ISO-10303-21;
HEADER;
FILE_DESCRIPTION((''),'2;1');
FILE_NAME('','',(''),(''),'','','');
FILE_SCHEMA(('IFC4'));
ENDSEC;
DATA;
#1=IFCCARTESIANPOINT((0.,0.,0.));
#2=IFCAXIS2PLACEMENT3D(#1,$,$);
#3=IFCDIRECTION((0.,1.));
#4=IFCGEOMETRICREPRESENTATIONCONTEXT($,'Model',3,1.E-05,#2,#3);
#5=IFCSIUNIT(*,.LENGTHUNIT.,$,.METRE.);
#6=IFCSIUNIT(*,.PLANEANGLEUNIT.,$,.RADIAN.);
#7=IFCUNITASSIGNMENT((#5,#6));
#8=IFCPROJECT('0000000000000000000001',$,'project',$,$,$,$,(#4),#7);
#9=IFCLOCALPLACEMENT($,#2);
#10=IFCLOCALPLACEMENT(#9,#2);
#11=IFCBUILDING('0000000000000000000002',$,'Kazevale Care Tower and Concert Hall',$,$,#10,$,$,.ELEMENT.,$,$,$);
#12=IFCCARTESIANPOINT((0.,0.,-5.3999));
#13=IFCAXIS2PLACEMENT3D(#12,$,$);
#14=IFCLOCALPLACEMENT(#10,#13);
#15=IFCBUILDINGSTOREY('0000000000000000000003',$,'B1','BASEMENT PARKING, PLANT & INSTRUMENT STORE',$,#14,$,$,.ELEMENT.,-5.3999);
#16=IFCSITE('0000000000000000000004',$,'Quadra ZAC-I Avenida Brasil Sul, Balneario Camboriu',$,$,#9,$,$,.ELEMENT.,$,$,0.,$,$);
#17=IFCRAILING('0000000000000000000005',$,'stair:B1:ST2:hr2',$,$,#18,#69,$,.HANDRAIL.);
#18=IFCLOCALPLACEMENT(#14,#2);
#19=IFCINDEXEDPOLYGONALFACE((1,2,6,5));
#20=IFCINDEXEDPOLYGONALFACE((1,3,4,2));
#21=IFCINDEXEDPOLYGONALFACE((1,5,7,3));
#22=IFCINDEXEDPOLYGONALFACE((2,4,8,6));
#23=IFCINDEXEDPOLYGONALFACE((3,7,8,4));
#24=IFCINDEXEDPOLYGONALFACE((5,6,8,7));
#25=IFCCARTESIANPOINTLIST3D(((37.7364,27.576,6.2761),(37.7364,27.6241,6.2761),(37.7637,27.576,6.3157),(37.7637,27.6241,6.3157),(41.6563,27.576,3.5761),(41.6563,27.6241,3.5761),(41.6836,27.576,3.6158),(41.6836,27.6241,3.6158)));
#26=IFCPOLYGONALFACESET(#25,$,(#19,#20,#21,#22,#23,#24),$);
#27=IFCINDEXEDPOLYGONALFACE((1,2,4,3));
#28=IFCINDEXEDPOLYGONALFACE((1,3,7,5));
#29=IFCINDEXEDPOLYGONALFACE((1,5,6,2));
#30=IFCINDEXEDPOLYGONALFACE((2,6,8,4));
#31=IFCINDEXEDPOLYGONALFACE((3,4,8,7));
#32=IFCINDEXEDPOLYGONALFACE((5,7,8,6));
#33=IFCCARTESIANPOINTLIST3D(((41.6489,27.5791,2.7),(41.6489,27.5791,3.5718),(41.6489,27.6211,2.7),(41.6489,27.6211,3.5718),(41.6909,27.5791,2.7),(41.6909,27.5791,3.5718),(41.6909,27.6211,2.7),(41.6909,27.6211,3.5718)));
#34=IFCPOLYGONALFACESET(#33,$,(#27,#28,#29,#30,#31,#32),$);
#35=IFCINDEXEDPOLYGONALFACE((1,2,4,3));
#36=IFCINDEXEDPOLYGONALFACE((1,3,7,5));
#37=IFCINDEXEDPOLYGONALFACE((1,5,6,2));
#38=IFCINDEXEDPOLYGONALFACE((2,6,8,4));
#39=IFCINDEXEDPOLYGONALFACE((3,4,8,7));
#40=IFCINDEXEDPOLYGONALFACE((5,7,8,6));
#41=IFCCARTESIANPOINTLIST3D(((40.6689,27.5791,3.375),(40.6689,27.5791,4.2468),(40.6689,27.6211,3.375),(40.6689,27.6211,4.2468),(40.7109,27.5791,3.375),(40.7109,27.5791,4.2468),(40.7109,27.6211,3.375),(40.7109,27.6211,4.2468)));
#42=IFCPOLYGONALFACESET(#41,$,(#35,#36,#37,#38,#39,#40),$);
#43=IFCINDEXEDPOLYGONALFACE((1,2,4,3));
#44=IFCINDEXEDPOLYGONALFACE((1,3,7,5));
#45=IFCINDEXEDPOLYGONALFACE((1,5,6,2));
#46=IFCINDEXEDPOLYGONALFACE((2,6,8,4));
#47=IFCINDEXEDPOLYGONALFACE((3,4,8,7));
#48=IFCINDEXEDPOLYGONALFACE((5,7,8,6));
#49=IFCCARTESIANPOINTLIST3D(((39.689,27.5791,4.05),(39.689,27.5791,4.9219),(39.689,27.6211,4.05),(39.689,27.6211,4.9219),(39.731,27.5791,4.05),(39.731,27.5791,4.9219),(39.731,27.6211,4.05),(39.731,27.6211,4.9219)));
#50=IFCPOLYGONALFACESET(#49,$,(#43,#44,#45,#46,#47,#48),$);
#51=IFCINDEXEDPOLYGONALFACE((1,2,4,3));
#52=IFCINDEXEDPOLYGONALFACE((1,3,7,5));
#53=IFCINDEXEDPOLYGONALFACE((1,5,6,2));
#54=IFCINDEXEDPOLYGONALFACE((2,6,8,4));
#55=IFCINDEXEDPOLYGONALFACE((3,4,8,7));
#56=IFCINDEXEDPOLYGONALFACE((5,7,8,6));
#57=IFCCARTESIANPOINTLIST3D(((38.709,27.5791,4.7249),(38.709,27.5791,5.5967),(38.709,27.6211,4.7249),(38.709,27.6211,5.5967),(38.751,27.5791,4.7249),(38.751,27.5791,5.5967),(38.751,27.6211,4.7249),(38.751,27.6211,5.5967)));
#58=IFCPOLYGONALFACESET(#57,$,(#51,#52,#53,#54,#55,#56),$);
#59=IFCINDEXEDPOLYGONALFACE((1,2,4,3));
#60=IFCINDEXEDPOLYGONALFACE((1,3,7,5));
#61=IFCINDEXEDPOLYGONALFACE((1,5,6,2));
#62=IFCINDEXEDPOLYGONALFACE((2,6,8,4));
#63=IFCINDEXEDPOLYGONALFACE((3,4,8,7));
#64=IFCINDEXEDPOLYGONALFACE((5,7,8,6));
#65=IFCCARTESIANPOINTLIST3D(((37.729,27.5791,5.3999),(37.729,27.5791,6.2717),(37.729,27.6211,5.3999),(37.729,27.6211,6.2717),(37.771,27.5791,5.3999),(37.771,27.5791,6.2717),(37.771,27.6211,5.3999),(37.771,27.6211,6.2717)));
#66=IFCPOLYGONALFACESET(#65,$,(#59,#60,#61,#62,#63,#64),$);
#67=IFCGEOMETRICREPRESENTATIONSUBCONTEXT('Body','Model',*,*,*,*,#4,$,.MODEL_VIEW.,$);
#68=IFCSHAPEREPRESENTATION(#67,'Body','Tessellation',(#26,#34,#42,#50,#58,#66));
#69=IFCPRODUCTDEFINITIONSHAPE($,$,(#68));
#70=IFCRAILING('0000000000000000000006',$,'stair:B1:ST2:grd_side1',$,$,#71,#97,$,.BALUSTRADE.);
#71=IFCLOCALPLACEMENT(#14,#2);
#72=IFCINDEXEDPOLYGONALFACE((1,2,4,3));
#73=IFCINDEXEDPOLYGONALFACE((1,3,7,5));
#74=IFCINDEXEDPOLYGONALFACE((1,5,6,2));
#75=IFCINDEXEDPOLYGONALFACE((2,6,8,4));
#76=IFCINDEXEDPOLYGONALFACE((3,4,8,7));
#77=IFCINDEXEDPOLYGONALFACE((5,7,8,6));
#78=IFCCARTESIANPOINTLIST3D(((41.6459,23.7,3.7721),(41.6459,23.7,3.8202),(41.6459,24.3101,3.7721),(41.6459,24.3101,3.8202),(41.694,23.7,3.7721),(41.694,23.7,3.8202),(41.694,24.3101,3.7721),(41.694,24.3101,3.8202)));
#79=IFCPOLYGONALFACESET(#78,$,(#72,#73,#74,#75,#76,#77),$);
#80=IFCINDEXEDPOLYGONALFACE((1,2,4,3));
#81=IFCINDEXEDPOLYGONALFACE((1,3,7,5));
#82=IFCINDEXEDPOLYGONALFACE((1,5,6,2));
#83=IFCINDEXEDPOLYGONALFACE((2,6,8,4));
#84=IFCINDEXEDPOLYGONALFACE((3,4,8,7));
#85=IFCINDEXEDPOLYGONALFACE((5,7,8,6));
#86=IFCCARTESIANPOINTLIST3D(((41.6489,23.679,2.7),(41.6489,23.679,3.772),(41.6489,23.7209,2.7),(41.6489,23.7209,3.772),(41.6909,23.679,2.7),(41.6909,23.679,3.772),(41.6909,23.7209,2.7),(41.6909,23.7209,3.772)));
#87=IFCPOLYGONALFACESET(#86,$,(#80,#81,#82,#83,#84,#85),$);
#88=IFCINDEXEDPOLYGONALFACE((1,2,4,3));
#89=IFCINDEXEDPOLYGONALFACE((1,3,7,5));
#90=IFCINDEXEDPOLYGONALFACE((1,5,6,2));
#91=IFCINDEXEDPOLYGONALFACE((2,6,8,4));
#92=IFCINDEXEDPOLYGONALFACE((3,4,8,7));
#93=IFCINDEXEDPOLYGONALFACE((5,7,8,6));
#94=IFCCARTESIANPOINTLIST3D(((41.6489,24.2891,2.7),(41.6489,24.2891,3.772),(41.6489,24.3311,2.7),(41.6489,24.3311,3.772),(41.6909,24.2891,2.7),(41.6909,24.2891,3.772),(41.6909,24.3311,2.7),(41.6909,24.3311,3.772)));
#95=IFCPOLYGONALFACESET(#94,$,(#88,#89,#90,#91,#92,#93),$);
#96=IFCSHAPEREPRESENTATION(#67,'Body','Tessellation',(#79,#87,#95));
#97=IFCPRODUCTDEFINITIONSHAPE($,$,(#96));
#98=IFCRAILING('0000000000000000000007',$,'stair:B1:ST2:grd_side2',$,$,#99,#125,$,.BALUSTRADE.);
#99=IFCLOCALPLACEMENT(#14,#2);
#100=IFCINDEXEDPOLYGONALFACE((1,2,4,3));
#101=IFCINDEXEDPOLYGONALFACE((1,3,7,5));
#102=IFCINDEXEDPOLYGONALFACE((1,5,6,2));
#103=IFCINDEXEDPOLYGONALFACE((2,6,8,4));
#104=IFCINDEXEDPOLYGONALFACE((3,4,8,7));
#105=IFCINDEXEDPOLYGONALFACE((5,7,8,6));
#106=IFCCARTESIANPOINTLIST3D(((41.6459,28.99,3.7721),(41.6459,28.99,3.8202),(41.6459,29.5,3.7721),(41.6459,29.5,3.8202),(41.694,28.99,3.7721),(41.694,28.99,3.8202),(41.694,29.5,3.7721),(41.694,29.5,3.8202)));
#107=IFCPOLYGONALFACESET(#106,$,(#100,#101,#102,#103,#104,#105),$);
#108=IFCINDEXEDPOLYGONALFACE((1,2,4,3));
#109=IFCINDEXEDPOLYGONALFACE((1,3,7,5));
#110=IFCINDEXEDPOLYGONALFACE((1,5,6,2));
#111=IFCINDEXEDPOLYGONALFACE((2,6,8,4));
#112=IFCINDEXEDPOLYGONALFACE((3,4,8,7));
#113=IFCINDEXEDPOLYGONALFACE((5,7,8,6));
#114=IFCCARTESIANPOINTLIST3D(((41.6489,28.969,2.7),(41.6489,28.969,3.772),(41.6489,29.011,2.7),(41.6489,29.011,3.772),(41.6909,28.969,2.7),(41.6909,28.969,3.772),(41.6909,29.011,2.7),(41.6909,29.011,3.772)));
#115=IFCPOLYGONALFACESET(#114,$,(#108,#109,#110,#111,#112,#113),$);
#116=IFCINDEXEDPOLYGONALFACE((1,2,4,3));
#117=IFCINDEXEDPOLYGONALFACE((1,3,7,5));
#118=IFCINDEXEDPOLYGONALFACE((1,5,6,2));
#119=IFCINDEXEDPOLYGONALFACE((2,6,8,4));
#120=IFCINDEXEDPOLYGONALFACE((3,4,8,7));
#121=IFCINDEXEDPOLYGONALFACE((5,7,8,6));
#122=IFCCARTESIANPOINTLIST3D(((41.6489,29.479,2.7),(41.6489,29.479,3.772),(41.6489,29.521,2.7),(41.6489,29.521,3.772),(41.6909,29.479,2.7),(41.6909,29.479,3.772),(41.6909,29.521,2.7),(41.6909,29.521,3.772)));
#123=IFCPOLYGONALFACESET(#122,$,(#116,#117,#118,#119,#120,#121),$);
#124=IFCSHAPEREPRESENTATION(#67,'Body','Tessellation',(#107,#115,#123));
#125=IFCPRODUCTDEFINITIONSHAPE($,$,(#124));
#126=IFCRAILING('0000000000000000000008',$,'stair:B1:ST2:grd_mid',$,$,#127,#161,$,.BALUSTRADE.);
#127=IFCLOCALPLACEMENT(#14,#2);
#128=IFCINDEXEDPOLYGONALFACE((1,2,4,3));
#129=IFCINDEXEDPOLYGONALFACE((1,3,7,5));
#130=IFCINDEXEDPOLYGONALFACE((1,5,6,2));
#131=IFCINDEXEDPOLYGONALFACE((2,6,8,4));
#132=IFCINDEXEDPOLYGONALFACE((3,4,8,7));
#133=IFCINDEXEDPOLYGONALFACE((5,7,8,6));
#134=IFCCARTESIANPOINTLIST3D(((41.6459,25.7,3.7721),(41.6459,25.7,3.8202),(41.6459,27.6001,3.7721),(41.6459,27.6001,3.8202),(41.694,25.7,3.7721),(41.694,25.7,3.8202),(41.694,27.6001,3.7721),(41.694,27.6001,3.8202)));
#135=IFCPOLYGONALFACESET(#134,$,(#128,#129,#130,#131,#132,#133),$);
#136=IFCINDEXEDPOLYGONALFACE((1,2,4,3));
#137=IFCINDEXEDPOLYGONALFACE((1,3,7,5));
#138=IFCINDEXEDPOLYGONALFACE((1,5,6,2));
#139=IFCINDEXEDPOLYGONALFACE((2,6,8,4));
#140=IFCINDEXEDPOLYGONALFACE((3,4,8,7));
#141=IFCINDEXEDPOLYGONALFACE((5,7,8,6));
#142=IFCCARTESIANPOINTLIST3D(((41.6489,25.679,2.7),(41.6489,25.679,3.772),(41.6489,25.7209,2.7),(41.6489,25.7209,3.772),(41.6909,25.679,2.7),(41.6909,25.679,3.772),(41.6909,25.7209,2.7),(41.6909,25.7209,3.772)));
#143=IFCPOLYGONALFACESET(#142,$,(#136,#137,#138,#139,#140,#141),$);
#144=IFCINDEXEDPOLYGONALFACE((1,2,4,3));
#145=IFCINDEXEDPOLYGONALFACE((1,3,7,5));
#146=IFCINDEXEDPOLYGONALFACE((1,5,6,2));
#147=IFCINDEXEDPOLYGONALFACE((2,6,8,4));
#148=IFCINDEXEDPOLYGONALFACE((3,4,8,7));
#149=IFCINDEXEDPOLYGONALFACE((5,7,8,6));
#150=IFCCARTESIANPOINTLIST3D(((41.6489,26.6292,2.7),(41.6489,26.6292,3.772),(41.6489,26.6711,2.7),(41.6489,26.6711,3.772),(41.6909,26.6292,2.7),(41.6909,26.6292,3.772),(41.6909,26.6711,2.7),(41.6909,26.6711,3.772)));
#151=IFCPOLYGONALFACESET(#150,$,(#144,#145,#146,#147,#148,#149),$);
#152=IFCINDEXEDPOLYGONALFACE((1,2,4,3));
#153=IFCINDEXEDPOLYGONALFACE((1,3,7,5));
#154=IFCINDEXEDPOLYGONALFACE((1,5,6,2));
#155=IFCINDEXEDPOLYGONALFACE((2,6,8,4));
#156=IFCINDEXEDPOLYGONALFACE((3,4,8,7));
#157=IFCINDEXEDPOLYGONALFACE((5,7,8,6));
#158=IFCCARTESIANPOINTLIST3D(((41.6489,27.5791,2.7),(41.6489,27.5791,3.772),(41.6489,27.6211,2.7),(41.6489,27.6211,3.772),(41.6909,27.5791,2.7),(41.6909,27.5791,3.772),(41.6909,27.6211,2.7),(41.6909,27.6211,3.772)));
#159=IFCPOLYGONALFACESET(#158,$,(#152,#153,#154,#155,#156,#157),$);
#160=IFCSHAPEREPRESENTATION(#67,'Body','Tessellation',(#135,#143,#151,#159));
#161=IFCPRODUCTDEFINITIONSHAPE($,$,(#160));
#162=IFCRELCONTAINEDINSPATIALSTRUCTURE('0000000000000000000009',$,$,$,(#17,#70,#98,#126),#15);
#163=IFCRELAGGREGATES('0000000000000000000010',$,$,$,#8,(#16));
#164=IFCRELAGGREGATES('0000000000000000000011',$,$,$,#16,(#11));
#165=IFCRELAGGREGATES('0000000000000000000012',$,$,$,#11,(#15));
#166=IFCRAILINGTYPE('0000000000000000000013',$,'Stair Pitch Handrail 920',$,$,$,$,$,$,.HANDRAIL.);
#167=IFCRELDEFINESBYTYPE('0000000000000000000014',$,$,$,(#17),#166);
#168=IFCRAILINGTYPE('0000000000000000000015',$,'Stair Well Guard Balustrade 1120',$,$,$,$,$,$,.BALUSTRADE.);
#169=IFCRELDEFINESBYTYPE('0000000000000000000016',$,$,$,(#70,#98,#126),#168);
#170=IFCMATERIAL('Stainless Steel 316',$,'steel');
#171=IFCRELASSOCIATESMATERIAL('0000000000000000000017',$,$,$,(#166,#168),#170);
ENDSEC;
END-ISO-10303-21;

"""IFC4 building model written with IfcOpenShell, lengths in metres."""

from ifc_helpers import new_model, si_unit, direction, frame, origin, origin_2d, place, context, subcontext, project, spatial, rectangle, extrude, material, type_object, element, save


model = new_model("IFC4")

# Units and contexts
model_context = context("Model", 3, precision=1e-05, world=origin(), true_north=direction((0.0, 1.0)))
body_context = subcontext(model_context, "Body", "Model", "MODEL_VIEW")
ifc_project = project(units=[si_unit("LENGTHUNIT", "METRE"), si_unit("PLANEANGLEUNIT", "RADIAN")], contexts=[model_context])

# Site, building, storey
site_placement = place(None, origin())
site = spatial("IfcSite", under=ifc_project, at=site_placement, Name="Quadra ZAC-I Avenida Brasil Sul, Balneario Camboriu", CompositionType="ELEMENT", RefElevation=0.0)
building_placement = place(site_placement, origin())
building = spatial("IfcBuilding", under=site, at=building_placement, Name="Kazevale Care Tower and Concert Hall", CompositionType="ELEMENT")
storey_placement = place(building_placement, frame((0.0, 0.0, -5.3999)))
storey = spatial("IfcBuildingStorey", under=building, at=storey_placement, Name="B1", Description="BASEMENT PARKING, PLANT & INSTRUMENT STORE", CompositionType="ELEMENT", Elevation=-5.3999)

# Railings
ifc_material_1 = material(Name="Stainless Steel 316", Category="steel")
railing_type_1 = type_object("IfcRailingType", Name="Stair Pitch Handrail 920", PredefinedType="HANDRAIL", material=ifc_material_1)
railing_1_placement = place(storey_placement, frame((41.6699, 27.6001, 2.7)))
element("IfcRailing", 1, at=railing_1_placement, inside=storey, type_object=railing_type_1, Name="stair:B1:ST2:hr2", PredefinedType="HANDRAIL", context=body_context, shape_type="SweptSolid", body=[
    extrude(rectangle(XDim=0.0481, YDim=0.0481, at=origin_2d()), frame((0.0, 0.0, 0.896), z_axis=(-0.823551, 0.0, 0.567243), x_axis=(0.0, -1.0, 0.0)), (0.0, 0.0, 1.0), 4.7598),
    extrude(rectangle(XDim=0.042, YDim=0.042, at=origin_2d()), origin(), (0.0, 0.0, 1.0), 0.8718),
    extrude(rectangle(XDim=0.042, YDim=0.042, at=origin_2d()), frame((-0.98, 0.0, 0.675)), (0.0, 0.0, 1.0), 0.8718),
    extrude(rectangle(XDim=0.042, YDim=0.042, at=origin_2d()), frame((-1.96, 0.0, 1.3501)), (0.0, 0.0, 1.0), 0.8718),
    extrude(rectangle(XDim=0.042, YDim=0.042, at=origin_2d()), frame((-2.9399, 0.0, 2.0249)), (0.0, 0.0, 1.0), 0.8718),
    extrude(rectangle(XDim=0.042, YDim=0.042, at=origin_2d()), frame((-3.9199, 0.0, 2.7)), (0.0, 0.0, 1.0), 0.8718),
])
railing_type_2 = type_object("IfcRailingType", Name="Stair Well Guard Balustrade 1120", PredefinedType="BALUSTRADE", material=ifc_material_1)
railing_2_placement = place(storey_placement, frame((41.6699, 23.7, 2.7)))
element("IfcRailing", 2, at=railing_2_placement, inside=storey, type_object=railing_type_2, Name="stair:B1:ST2:grd_side1", PredefinedType="BALUSTRADE", context=body_context, shape_type="SweptSolid", body=[
    extrude(rectangle(XDim=0.0481, YDim=0.0481, at=origin_2d()), frame((0.0, 0.0, 1.0962), z_axis=(0.0, 1.0, 0.0), x_axis=(-1.0, 0.0, 0.0)), (0.0, 0.0, 1.0), 0.6101),
    extrude(rectangle(XDim=0.042, YDim=0.042, at=origin_2d()), origin(), (0.0, 0.0, 1.0), 1.072),
    extrude(rectangle(XDim=0.042, YDim=0.042, at=origin_2d()), frame((0.0, 0.6101, 0.0)), (0.0, 0.0, 1.0), 1.072),
])
railing_3_placement = place(storey_placement, frame((41.6699, 28.99, 2.7)))
element("IfcRailing", 3, at=railing_3_placement, inside=storey, type_object=railing_type_2, Name="stair:B1:ST2:grd_side2", PredefinedType="BALUSTRADE", context=body_context, shape_type="SweptSolid", body=[
    extrude(rectangle(XDim=0.0481, YDim=0.0481, at=origin_2d()), frame((0.0, 0.0, 1.0962), z_axis=(0.0, 1.0, 0.0), x_axis=(-1.0, 0.0, 0.0)), (0.0, 0.0, 1.0), 0.51),
    extrude(rectangle(XDim=0.042, YDim=0.042, at=origin_2d()), origin(), (0.0, 0.0, 1.0), 1.072),
    extrude(rectangle(XDim=0.042, YDim=0.042, at=origin_2d()), frame((0.0, 0.51, 0.0)), (0.0, 0.0, 1.0), 1.072),
])
railing_4_placement = place(storey_placement, frame((41.6699, 25.7, 2.7)))
element("IfcRailing", 4, at=railing_4_placement, inside=storey, type_object=railing_type_2, Name="stair:B1:ST2:grd_mid", PredefinedType="BALUSTRADE", context=body_context, shape_type="SweptSolid", body=[
    extrude(rectangle(XDim=0.0481, YDim=0.0481, at=origin_2d()), frame((0.0, 0.0, 1.0962), z_axis=(0.0, 1.0, 0.0), x_axis=(-1.0, 0.0, 0.0)), (0.0, 0.0, 1.0), 1.9001),
    extrude(rectangle(XDim=0.042, YDim=0.042, at=origin_2d()), origin(), (0.0, 0.0, 1.0), 1.072),
    extrude(rectangle(XDim=0.042, YDim=0.042, at=origin_2d()), frame((0.0, 0.9502, 0.0)), (0.0, 0.0, 1.0), 1.072),
    extrude(rectangle(XDim=0.042, YDim=0.042, at=origin_2d()), frame((0.0, 1.9001, 0.0)), (0.0, 0.0, 1.0), 1.072),
])

save(model, "model.ifc")
